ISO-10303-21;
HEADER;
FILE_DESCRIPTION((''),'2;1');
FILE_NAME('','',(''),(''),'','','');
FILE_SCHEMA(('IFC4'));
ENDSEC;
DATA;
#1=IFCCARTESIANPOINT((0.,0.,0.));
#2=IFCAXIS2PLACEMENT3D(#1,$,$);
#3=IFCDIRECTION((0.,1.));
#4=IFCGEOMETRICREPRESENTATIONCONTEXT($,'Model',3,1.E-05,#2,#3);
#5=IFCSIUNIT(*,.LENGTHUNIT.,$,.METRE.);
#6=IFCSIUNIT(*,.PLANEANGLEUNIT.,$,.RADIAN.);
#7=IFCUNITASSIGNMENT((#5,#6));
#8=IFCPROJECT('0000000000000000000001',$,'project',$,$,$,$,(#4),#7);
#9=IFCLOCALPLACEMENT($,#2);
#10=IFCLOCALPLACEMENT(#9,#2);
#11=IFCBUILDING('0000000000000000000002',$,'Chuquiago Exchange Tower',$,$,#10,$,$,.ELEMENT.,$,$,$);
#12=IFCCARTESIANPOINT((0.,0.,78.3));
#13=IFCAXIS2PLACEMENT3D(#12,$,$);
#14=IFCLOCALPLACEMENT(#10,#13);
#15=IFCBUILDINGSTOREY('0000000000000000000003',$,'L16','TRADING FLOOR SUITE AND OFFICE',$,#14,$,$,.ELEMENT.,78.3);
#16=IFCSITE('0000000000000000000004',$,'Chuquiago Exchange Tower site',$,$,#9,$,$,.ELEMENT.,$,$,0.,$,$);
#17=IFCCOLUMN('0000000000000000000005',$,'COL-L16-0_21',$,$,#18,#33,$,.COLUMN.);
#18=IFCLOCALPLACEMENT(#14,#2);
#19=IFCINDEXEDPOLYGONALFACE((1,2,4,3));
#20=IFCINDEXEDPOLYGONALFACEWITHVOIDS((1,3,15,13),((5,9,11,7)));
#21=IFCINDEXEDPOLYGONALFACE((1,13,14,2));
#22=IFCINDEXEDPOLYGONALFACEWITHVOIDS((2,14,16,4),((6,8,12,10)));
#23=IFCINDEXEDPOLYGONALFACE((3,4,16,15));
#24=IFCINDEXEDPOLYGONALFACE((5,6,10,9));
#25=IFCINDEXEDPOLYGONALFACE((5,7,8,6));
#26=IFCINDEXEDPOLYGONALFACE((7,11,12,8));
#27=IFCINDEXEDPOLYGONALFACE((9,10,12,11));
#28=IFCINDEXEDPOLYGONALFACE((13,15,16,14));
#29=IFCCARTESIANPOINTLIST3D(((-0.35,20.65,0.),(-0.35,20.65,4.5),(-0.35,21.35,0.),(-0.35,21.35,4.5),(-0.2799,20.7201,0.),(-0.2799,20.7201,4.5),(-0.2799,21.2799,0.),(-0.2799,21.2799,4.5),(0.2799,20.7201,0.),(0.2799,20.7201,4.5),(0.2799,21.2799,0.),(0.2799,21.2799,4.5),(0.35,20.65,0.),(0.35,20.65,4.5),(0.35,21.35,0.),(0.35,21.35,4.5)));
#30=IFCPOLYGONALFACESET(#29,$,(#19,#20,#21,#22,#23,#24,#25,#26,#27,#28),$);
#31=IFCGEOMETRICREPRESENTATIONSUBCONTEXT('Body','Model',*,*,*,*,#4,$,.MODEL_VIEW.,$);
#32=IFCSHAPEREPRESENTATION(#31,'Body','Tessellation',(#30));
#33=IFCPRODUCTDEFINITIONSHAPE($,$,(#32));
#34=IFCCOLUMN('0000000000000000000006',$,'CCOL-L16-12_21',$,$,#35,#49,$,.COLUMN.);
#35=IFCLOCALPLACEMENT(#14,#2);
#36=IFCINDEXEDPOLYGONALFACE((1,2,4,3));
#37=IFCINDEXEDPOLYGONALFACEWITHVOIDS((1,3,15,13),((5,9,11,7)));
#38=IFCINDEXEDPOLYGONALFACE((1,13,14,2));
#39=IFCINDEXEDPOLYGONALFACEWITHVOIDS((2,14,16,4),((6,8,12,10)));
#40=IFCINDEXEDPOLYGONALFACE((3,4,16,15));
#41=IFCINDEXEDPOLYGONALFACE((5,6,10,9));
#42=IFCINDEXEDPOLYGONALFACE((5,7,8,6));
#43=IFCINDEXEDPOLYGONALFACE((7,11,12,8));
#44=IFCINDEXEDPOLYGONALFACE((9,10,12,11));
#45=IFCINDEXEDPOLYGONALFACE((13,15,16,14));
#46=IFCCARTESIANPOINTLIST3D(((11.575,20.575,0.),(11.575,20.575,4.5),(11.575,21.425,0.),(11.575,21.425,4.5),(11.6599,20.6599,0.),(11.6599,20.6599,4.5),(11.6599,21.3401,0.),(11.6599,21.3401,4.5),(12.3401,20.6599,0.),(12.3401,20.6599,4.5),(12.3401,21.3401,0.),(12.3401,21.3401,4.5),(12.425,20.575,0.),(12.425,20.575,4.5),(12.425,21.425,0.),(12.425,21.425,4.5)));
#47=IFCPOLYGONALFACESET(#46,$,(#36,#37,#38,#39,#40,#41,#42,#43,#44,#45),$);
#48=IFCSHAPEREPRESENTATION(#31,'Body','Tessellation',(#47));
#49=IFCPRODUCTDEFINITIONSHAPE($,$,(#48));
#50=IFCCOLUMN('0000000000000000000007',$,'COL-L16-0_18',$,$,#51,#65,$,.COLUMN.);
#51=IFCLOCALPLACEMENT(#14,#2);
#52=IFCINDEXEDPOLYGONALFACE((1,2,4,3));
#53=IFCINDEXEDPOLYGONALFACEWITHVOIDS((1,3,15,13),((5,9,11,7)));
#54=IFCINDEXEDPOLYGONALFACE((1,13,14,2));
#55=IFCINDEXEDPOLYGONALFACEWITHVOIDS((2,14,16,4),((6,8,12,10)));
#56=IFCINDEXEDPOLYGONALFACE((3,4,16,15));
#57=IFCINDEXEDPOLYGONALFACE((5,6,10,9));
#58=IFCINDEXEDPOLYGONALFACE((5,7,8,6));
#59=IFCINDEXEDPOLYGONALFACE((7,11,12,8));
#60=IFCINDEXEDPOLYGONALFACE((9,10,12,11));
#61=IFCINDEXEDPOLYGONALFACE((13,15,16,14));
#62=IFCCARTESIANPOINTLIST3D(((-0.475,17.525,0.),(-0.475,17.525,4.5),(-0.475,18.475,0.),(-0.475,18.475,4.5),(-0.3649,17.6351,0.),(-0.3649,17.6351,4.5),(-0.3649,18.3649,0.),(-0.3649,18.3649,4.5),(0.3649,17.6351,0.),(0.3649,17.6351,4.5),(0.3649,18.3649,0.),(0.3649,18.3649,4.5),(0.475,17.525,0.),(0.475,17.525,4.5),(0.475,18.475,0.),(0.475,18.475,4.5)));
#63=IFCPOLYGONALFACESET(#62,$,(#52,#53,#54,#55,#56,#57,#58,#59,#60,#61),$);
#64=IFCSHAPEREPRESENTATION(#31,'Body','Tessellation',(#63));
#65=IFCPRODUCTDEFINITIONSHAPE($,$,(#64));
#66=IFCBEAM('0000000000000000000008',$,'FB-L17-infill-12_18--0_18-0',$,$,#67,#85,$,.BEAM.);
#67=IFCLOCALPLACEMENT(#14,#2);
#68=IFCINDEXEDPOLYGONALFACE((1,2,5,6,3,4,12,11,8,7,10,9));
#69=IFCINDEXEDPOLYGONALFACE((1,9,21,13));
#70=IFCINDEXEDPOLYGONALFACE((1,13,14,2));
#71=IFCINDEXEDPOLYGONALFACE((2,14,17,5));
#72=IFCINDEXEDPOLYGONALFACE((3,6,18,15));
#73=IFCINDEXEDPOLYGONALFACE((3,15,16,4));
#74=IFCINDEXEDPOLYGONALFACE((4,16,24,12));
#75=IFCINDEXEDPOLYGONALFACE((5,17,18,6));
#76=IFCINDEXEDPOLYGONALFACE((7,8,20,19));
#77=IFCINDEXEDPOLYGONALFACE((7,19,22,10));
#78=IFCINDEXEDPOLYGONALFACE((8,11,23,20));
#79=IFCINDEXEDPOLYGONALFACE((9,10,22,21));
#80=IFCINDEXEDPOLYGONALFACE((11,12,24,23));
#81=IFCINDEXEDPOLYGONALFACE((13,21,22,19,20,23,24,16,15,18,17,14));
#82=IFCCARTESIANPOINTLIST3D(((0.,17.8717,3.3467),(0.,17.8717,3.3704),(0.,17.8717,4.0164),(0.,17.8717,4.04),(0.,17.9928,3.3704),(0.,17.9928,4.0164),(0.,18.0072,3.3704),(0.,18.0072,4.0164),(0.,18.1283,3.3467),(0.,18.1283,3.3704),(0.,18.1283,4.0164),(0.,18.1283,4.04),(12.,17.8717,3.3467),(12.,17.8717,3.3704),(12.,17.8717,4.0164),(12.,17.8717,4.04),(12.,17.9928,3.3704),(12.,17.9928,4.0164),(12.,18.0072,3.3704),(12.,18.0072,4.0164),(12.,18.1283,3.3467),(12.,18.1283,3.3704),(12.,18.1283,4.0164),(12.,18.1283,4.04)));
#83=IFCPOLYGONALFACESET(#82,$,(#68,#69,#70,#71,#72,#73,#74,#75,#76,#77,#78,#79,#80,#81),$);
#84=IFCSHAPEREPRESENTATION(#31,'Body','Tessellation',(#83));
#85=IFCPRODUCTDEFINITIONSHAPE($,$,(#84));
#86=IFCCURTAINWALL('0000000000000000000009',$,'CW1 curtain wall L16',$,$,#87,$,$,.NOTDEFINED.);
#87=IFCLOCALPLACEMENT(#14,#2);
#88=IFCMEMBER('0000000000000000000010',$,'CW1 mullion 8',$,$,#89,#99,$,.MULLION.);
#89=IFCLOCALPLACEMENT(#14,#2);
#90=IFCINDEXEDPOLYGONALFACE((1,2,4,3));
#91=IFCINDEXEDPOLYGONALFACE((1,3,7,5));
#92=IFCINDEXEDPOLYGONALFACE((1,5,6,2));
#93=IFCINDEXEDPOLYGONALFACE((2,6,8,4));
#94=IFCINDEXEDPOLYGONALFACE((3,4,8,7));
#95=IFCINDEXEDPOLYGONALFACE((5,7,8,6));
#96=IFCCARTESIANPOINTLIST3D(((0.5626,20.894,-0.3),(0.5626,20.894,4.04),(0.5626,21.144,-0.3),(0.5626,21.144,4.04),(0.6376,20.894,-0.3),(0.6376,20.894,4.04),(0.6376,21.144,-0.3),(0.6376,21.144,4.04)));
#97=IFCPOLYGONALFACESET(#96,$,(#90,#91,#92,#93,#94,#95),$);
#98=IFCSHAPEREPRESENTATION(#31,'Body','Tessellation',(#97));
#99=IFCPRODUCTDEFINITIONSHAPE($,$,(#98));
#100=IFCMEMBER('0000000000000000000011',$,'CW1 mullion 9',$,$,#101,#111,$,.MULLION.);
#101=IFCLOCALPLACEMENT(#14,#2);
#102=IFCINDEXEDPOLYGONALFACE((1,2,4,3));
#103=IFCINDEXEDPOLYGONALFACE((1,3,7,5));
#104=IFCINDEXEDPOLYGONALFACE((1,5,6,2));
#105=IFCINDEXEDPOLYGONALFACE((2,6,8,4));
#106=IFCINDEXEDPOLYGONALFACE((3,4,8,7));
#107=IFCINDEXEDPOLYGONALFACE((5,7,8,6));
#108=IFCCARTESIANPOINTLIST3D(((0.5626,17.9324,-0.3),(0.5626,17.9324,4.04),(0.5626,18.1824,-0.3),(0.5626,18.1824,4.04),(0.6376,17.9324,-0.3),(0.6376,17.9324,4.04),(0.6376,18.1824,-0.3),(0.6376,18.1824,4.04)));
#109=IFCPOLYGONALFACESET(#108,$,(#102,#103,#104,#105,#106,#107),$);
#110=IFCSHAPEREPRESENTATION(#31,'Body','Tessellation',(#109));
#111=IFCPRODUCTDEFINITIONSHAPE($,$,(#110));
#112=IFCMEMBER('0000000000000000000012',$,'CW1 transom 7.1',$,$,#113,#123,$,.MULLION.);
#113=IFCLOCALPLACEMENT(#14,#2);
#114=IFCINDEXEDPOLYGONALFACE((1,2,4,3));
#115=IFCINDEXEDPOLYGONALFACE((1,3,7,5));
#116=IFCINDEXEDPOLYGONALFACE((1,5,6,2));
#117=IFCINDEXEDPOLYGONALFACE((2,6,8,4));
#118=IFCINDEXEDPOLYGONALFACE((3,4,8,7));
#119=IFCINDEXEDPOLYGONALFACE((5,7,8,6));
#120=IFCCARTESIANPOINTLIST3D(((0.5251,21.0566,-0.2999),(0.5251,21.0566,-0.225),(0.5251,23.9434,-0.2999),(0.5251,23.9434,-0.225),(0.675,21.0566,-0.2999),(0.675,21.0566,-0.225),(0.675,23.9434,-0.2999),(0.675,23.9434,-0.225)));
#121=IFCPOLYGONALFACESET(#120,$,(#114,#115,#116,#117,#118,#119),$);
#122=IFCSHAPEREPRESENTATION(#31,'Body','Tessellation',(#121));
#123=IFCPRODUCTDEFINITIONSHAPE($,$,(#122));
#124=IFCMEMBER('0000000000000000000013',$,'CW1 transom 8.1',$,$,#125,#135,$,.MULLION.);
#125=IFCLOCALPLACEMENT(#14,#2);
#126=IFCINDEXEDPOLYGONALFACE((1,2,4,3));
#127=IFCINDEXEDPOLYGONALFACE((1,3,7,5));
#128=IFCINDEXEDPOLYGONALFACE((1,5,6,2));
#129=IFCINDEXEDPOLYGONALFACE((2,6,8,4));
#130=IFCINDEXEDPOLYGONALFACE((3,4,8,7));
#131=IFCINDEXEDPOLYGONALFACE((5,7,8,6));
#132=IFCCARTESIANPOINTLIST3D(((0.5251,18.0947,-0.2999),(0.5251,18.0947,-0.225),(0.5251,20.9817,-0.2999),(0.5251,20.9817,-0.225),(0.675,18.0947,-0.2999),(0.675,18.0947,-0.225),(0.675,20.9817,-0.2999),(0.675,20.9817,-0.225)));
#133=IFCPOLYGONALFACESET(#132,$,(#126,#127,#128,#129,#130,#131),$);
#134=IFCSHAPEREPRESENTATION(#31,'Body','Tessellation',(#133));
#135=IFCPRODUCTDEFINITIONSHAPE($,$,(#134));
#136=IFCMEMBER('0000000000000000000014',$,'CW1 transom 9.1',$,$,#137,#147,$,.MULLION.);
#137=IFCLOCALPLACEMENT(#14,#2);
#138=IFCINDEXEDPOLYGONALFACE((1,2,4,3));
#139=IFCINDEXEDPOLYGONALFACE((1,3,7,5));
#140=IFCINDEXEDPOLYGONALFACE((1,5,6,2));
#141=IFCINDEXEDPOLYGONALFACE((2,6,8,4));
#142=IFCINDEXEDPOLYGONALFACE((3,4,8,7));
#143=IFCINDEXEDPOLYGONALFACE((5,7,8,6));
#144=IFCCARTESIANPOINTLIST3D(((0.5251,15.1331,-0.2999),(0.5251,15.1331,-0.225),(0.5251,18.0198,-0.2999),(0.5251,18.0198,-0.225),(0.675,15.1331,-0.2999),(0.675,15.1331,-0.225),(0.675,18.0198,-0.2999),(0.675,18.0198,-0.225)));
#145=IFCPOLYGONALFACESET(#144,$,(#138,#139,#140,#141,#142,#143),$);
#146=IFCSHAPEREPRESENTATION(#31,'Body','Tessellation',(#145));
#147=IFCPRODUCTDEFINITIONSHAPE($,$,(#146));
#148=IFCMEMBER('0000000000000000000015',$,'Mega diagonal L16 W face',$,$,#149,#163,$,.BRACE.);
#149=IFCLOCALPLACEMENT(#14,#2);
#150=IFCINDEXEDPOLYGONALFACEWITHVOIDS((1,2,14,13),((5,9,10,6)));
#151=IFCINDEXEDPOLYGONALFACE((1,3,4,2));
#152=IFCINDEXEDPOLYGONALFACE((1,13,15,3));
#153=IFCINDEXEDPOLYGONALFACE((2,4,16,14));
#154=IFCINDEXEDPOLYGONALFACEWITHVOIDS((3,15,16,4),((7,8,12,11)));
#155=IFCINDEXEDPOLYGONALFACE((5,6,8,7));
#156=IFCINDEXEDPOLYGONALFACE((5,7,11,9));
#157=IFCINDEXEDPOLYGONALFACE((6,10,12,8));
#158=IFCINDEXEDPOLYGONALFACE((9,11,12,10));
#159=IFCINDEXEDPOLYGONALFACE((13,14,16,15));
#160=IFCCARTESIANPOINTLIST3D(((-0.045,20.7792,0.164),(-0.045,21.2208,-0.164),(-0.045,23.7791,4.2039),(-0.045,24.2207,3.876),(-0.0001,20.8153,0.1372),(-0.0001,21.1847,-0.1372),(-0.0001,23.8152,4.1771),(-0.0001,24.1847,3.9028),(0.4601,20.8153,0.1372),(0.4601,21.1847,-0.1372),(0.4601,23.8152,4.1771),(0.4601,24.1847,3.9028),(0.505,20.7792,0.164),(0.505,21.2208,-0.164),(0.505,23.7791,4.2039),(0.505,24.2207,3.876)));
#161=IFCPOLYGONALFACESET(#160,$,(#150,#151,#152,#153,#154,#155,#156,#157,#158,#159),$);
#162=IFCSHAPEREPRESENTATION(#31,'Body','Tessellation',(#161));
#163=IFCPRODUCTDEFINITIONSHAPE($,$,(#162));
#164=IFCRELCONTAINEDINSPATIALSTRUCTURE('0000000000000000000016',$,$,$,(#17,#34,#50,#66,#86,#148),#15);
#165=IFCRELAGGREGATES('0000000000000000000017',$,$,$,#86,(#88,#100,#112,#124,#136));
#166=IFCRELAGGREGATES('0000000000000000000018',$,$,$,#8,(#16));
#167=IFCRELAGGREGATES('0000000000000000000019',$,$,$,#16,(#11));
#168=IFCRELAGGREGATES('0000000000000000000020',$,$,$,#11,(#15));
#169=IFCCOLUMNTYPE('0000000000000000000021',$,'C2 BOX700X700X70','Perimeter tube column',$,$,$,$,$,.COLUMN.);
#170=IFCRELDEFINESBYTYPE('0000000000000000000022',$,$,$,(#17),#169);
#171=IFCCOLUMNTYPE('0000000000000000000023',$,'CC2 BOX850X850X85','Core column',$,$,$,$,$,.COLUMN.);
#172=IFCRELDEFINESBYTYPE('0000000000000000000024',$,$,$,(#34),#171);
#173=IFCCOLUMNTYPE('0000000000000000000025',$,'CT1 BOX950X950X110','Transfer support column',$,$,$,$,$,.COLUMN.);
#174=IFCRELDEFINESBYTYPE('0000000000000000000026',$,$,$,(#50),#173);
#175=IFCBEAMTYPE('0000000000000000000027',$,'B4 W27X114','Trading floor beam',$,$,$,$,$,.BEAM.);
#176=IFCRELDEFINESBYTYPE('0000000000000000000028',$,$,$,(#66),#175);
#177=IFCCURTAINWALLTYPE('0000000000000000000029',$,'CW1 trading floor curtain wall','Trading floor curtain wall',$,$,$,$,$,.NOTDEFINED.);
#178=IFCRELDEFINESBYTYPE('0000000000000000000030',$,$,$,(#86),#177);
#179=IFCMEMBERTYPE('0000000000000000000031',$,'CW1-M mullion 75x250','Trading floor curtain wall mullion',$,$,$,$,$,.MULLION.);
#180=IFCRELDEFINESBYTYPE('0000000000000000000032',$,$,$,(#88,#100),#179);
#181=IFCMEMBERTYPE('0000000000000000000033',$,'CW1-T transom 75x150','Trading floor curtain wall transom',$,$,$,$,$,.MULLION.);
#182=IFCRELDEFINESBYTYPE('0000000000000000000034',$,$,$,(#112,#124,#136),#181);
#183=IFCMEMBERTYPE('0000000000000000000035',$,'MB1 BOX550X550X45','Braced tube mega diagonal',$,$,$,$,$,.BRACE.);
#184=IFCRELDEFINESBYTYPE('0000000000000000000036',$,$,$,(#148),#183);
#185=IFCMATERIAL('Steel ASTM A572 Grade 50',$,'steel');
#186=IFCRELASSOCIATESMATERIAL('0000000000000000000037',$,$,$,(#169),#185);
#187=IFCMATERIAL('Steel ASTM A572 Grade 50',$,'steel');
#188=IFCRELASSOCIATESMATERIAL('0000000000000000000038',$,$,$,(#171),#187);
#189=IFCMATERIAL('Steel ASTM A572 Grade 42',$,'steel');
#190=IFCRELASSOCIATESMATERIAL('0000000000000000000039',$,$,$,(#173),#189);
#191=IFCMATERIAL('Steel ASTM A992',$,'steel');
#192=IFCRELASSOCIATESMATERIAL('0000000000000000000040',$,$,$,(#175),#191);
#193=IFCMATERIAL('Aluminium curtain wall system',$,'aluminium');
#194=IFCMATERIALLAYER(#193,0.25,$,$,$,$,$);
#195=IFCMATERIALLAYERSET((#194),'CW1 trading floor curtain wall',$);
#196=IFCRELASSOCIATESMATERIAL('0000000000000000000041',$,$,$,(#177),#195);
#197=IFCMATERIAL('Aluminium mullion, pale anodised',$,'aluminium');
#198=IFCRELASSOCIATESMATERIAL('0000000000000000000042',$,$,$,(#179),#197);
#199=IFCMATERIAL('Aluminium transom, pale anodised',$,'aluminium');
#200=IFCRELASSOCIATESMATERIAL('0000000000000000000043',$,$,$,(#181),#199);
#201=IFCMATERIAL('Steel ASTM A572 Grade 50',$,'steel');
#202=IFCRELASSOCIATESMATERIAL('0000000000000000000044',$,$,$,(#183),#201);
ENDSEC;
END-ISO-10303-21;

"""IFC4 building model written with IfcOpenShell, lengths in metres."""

from ifc_helpers import new_model, si_unit, direction, frame, origin, origin_2d, place, context, subcontext, project, spatial, rectangle, hollow_rectangle, i_section, extrude, material, layer, layer_set, material_profile, profile_set, type_object, element, aggregate, save


model = new_model("IFC4")

# Units and contexts
model_context = context("Model", 3, precision=1e-05, world=origin(), true_north=direction((0.0, 1.0)))
body_context = subcontext(model_context, "Body", "Model", "MODEL_VIEW")
ifc_project = project(units=[si_unit("LENGTHUNIT", "METRE"), si_unit("PLANEANGLEUNIT", "RADIAN")], contexts=[model_context])

# Site, building, storey
site_placement = place(None, origin())
site = spatial("IfcSite", under=ifc_project, at=site_placement, Name="Chuquiago Exchange Tower site", CompositionType="ELEMENT", RefElevation=0.0)
building_placement = place(site_placement, origin())
building = spatial("IfcBuilding", under=site, at=building_placement, Name="Chuquiago Exchange Tower", CompositionType="ELEMENT")
storey_placement = place(building_placement, frame((0.0, 0.0, 78.3)))
storey = spatial("IfcBuildingStorey", under=building, at=storey_placement, Name="L16", Description="TRADING FLOOR SUITE AND OFFICE", CompositionType="ELEMENT", Elevation=78.3)

# Columns
ifc_material_1 = material(Name="Steel ASTM A572 Grade 50", Category="steel")
ifc_material_profile_1 = material_profile(ifc_material_1, hollow_rectangle(XDim=0.7, YDim=0.7, WallThickness=0.0701, at=origin_2d()), Name="BOX700X700X70")
ifc_profile_set_1 = profile_set([ifc_material_profile_1], Name="Steel ASTM A572 Grade 50")
column_type_1 = type_object("IfcColumnType", Name="C2 BOX700X700X70", Description="Perimeter tube column", PredefinedType="COLUMN", material=ifc_profile_set_1)
column_1_placement = place(storey_placement, frame((0.0, 21.0, 0.0), z_axis=(0.0, 0.0, 1.0), x_axis=(-1.0, 0.0, 0.0)))
element("IfcColumn", 1, at=column_1_placement, inside=storey, type_object=column_type_1, Name="COL-L16-0_21", PredefinedType="COLUMN", context=body_context, shape_type="SweptSolid", body=[
    extrude(hollow_rectangle(XDim=0.7, YDim=0.7, WallThickness=0.0701, at=origin_2d()), origin(), (0.0, 0.0, 1.0), 4.5),
])
ifc_material_2 = material(Name="Steel ASTM A572 Grade 50", Category="steel")
ifc_material_profile_2 = material_profile(ifc_material_2, hollow_rectangle(XDim=0.8501, YDim=0.8501, WallThickness=0.085, at=origin_2d()), Name="BOX850X850X85")
ifc_profile_set_2 = profile_set([ifc_material_profile_2], Name="Steel ASTM A572 Grade 50")
column_type_2 = type_object("IfcColumnType", Name="CC2 BOX850X850X85", Description="Core column", PredefinedType="COLUMN", material=ifc_profile_set_2)
column_2_placement = place(storey_placement, frame((12.0, 21.0, 0.0), z_axis=(0.0, 0.0, 1.0), x_axis=(1.0, 0.0, 0.0)))
element("IfcColumn", 2, at=column_2_placement, inside=storey, type_object=column_type_2, Name="CCOL-L16-12_21", PredefinedType="COLUMN", context=body_context, shape_type="SweptSolid", body=[
    extrude(hollow_rectangle(XDim=0.8501, YDim=0.8501, WallThickness=0.085, at=origin_2d()), origin(), (0.0, 0.0, 1.0), 4.5),
])
ifc_material_3 = material(Name="Steel ASTM A572 Grade 42", Category="steel")
ifc_material_profile_3 = material_profile(ifc_material_3, hollow_rectangle(XDim=0.95, YDim=0.95, WallThickness=0.1101, at=origin_2d()), Name="BOX950X950X110")
ifc_profile_set_3 = profile_set([ifc_material_profile_3], Name="Steel ASTM A572 Grade 42")
column_type_3 = type_object("IfcColumnType", Name="CT1 BOX950X950X110", Description="Transfer support column", PredefinedType="COLUMN", material=ifc_profile_set_3)
column_3_placement = place(storey_placement, frame((0.0, 18.0, 0.0), z_axis=(0.0, 0.0, 1.0), x_axis=(-1.0, 0.0, 0.0)))
element("IfcColumn", 3, at=column_3_placement, inside=storey, type_object=column_type_3, Name="COL-L16-0_18", PredefinedType="COLUMN", context=body_context, shape_type="SweptSolid", body=[
    extrude(hollow_rectangle(XDim=0.95, YDim=0.95, WallThickness=0.1101, at=origin_2d()), origin(), (0.0, 0.0, 1.0), 4.5),
])

# Beam
ifc_material_4 = material(Name="Steel ASTM A992", Category="steel")
ifc_material_profile_4 = material_profile(ifc_material_4, i_section(OverallWidth=0.2566, OverallDepth=0.6934, WebThickness=0.0144, FlangeThickness=0.0237, at=origin_2d()), Name="W27X114")
ifc_profile_set_4 = profile_set([ifc_material_profile_4], Name="Steel ASTM A992")
beam_type_1 = type_object("IfcBeamType", Name="B4 W27X114", Description="Trading floor beam", PredefinedType="BEAM", material=ifc_profile_set_4)
beam_placement = place(storey_placement, frame((12.0, 18.0, 3.6934), z_axis=(-1.0, 0.0, 0.0), x_axis=(0.0, -1.0, 0.0)))
element("IfcBeam", 4, at=beam_placement, inside=storey, type_object=beam_type_1, Name="FB-L17-infill-12_18--0_18-0", PredefinedType="BEAM", context=body_context, shape_type="SweptSolid", body=[
    extrude(i_section(OverallWidth=0.2566, OverallDepth=0.6934, WebThickness=0.0144, FlangeThickness=0.0237, at=origin_2d()), origin(), (0.0, 0.0, 1.0), 12.0),
])

# Curtain wall, members
ifc_material_5 = material(Name="Aluminium curtain wall system", Category="aluminium")
ifc_layer_1 = layer(ifc_material_5, 0.25)
ifc_layer_set_1 = layer_set([ifc_layer_1], Name="CW1 trading floor curtain wall")
curtain_wall_type = type_object("IfcCurtainWallType", Name="CW1 trading floor curtain wall", Description="Trading floor curtain wall", PredefinedType="NOTDEFINED", material=ifc_layer_set_1)
curtain_wall_placement = place(storey_placement, origin())
curtain_wall = element("IfcCurtainWall", 5, at=curtain_wall_placement, inside=storey, type_object=curtain_wall_type, Name="CW1 curtain wall L16", PredefinedType="NOTDEFINED")
ifc_material_6 = material(Name="Aluminium mullion, pale anodised", Category="aluminium")
ifc_material_profile_5 = material_profile(ifc_material_6, rectangle(XDim=0.075, YDim=0.25, at=origin_2d()), Name="AL 75x250")
ifc_profile_set_5 = profile_set([ifc_material_profile_5], Name="Aluminium mullion, pale anodised")
member_type_1 = type_object("IfcMemberType", Name="CW1-M mullion 75x250", Description="Trading floor curtain wall mullion", PredefinedType="MULLION", material=ifc_profile_set_5)
member_1_placement = place(storey_placement, frame((0.6001, 21.019, -0.3), z_axis=(0.0, 0.0, 1.0), x_axis=(1.0, 0.0, 0.0)))
member_1 = element("IfcMember", 6, at=member_1_placement, type_object=member_type_1, Name="CW1 mullion 8", PredefinedType="MULLION", context=body_context, shape_type="SweptSolid", body=[
    extrude(rectangle(XDim=0.075, YDim=0.25, at=origin_2d()), origin(), (0.0, 0.0, 1.0), 4.3401),
])
member_2_placement = place(storey_placement, frame((0.6001, 18.0574, -0.3), z_axis=(0.0, 0.0, 1.0), x_axis=(1.0, 0.0, 0.0)))
member_2 = element("IfcMember", 7, at=member_2_placement, type_object=member_type_1, Name="CW1 mullion 9", PredefinedType="MULLION", context=body_context, shape_type="SweptSolid", body=[
    extrude(rectangle(XDim=0.075, YDim=0.25, at=origin_2d()), origin(), (0.0, 0.0, 1.0), 4.3401),
])
ifc_material_7 = material(Name="Aluminium transom, pale anodised", Category="aluminium")
ifc_material_profile_6 = material_profile(ifc_material_7, rectangle(XDim=0.1499, YDim=0.075, at=origin_2d()), Name="AL 150x75")
ifc_profile_set_6 = profile_set([ifc_material_profile_6], Name="Aluminium transom, pale anodised")
member_type_2 = type_object("IfcMemberType", Name="CW1-T transom 75x150", Description="Trading floor curtain wall transom", PredefinedType="MULLION", material=ifc_profile_set_6)
member_3_placement = place(storey_placement, frame((0.6001, 23.9434, -0.2625), z_axis=(0.0, -1.0, 0.0), x_axis=(1.0, 0.0, 0.0)))
member_3 = element("IfcMember", 8, at=member_3_placement, type_object=member_type_2, Name="CW1 transom 7.1", PredefinedType="MULLION", context=body_context, shape_type="SweptSolid", body=[
    extrude(rectangle(XDim=0.1499, YDim=0.075, at=origin_2d()), origin(), (0.0, 0.0, 1.0), 2.8867),
])
member_4_placement = place(storey_placement, frame((0.6001, 20.9817, -0.2625), z_axis=(0.0, -1.0, 0.0), x_axis=(1.0, 0.0, 0.0)))
member_4 = element("IfcMember", 9, at=member_4_placement, type_object=member_type_2, Name="CW1 transom 8.1", PredefinedType="MULLION", context=body_context, shape_type="SweptSolid", body=[
    extrude(rectangle(XDim=0.1499, YDim=0.075, at=origin_2d()), origin(), (0.0, 0.0, 1.0), 2.887),
])
member_5_placement = place(storey_placement, frame((0.6001, 18.0198, -0.2625), z_axis=(0.0, -1.0, 0.0), x_axis=(1.0, 0.0, 0.0)))
member_5 = element("IfcMember", 10, at=member_5_placement, type_object=member_type_2, Name="CW1 transom 9.1", PredefinedType="MULLION", context=body_context, shape_type="SweptSolid", body=[
    extrude(rectangle(XDim=0.1499, YDim=0.075, at=origin_2d()), origin(), (0.0, 0.0, 1.0), 2.8867),
])

# Member
ifc_material_8 = material(Name="Steel ASTM A572 Grade 50", Category="steel")
ifc_material_profile_7 = material_profile(ifc_material_8, hollow_rectangle(XDim=0.55, YDim=0.55, WallThickness=0.0449, at=origin_2d()), Name="BOX550X550X45")
ifc_profile_set_7 = profile_set([ifc_material_profile_7], Name="Steel ASTM A572 Grade 50")
member_type_3 = type_object("IfcMemberType", Name="MB1 BOX550X550X45", Description="Braced tube mega diagonal", PredefinedType="BRACE", material=ifc_profile_set_7)
member_6_placement = place(storey_placement, frame((0.23, 21.0, 0.0), z_axis=(0.0, 0.596174, 0.802855), x_axis=(-1.0, 0.0, 0.0)))
element("IfcMember", 11, at=member_6_placement, inside=storey, type_object=member_type_3, Name="Mega diagonal L16 W face", PredefinedType="BRACE", context=body_context, shape_type="SweptSolid", body=[
    extrude(hollow_rectangle(XDim=0.55, YDim=0.55, WallThickness=0.0449, at=origin_2d()), origin(), (0.0, 0.0, 1.0), 5.032),
])

aggregate(curtain_wall, [member_1, member_2, member_3, member_4, member_5])

save(model, "model.ifc")
